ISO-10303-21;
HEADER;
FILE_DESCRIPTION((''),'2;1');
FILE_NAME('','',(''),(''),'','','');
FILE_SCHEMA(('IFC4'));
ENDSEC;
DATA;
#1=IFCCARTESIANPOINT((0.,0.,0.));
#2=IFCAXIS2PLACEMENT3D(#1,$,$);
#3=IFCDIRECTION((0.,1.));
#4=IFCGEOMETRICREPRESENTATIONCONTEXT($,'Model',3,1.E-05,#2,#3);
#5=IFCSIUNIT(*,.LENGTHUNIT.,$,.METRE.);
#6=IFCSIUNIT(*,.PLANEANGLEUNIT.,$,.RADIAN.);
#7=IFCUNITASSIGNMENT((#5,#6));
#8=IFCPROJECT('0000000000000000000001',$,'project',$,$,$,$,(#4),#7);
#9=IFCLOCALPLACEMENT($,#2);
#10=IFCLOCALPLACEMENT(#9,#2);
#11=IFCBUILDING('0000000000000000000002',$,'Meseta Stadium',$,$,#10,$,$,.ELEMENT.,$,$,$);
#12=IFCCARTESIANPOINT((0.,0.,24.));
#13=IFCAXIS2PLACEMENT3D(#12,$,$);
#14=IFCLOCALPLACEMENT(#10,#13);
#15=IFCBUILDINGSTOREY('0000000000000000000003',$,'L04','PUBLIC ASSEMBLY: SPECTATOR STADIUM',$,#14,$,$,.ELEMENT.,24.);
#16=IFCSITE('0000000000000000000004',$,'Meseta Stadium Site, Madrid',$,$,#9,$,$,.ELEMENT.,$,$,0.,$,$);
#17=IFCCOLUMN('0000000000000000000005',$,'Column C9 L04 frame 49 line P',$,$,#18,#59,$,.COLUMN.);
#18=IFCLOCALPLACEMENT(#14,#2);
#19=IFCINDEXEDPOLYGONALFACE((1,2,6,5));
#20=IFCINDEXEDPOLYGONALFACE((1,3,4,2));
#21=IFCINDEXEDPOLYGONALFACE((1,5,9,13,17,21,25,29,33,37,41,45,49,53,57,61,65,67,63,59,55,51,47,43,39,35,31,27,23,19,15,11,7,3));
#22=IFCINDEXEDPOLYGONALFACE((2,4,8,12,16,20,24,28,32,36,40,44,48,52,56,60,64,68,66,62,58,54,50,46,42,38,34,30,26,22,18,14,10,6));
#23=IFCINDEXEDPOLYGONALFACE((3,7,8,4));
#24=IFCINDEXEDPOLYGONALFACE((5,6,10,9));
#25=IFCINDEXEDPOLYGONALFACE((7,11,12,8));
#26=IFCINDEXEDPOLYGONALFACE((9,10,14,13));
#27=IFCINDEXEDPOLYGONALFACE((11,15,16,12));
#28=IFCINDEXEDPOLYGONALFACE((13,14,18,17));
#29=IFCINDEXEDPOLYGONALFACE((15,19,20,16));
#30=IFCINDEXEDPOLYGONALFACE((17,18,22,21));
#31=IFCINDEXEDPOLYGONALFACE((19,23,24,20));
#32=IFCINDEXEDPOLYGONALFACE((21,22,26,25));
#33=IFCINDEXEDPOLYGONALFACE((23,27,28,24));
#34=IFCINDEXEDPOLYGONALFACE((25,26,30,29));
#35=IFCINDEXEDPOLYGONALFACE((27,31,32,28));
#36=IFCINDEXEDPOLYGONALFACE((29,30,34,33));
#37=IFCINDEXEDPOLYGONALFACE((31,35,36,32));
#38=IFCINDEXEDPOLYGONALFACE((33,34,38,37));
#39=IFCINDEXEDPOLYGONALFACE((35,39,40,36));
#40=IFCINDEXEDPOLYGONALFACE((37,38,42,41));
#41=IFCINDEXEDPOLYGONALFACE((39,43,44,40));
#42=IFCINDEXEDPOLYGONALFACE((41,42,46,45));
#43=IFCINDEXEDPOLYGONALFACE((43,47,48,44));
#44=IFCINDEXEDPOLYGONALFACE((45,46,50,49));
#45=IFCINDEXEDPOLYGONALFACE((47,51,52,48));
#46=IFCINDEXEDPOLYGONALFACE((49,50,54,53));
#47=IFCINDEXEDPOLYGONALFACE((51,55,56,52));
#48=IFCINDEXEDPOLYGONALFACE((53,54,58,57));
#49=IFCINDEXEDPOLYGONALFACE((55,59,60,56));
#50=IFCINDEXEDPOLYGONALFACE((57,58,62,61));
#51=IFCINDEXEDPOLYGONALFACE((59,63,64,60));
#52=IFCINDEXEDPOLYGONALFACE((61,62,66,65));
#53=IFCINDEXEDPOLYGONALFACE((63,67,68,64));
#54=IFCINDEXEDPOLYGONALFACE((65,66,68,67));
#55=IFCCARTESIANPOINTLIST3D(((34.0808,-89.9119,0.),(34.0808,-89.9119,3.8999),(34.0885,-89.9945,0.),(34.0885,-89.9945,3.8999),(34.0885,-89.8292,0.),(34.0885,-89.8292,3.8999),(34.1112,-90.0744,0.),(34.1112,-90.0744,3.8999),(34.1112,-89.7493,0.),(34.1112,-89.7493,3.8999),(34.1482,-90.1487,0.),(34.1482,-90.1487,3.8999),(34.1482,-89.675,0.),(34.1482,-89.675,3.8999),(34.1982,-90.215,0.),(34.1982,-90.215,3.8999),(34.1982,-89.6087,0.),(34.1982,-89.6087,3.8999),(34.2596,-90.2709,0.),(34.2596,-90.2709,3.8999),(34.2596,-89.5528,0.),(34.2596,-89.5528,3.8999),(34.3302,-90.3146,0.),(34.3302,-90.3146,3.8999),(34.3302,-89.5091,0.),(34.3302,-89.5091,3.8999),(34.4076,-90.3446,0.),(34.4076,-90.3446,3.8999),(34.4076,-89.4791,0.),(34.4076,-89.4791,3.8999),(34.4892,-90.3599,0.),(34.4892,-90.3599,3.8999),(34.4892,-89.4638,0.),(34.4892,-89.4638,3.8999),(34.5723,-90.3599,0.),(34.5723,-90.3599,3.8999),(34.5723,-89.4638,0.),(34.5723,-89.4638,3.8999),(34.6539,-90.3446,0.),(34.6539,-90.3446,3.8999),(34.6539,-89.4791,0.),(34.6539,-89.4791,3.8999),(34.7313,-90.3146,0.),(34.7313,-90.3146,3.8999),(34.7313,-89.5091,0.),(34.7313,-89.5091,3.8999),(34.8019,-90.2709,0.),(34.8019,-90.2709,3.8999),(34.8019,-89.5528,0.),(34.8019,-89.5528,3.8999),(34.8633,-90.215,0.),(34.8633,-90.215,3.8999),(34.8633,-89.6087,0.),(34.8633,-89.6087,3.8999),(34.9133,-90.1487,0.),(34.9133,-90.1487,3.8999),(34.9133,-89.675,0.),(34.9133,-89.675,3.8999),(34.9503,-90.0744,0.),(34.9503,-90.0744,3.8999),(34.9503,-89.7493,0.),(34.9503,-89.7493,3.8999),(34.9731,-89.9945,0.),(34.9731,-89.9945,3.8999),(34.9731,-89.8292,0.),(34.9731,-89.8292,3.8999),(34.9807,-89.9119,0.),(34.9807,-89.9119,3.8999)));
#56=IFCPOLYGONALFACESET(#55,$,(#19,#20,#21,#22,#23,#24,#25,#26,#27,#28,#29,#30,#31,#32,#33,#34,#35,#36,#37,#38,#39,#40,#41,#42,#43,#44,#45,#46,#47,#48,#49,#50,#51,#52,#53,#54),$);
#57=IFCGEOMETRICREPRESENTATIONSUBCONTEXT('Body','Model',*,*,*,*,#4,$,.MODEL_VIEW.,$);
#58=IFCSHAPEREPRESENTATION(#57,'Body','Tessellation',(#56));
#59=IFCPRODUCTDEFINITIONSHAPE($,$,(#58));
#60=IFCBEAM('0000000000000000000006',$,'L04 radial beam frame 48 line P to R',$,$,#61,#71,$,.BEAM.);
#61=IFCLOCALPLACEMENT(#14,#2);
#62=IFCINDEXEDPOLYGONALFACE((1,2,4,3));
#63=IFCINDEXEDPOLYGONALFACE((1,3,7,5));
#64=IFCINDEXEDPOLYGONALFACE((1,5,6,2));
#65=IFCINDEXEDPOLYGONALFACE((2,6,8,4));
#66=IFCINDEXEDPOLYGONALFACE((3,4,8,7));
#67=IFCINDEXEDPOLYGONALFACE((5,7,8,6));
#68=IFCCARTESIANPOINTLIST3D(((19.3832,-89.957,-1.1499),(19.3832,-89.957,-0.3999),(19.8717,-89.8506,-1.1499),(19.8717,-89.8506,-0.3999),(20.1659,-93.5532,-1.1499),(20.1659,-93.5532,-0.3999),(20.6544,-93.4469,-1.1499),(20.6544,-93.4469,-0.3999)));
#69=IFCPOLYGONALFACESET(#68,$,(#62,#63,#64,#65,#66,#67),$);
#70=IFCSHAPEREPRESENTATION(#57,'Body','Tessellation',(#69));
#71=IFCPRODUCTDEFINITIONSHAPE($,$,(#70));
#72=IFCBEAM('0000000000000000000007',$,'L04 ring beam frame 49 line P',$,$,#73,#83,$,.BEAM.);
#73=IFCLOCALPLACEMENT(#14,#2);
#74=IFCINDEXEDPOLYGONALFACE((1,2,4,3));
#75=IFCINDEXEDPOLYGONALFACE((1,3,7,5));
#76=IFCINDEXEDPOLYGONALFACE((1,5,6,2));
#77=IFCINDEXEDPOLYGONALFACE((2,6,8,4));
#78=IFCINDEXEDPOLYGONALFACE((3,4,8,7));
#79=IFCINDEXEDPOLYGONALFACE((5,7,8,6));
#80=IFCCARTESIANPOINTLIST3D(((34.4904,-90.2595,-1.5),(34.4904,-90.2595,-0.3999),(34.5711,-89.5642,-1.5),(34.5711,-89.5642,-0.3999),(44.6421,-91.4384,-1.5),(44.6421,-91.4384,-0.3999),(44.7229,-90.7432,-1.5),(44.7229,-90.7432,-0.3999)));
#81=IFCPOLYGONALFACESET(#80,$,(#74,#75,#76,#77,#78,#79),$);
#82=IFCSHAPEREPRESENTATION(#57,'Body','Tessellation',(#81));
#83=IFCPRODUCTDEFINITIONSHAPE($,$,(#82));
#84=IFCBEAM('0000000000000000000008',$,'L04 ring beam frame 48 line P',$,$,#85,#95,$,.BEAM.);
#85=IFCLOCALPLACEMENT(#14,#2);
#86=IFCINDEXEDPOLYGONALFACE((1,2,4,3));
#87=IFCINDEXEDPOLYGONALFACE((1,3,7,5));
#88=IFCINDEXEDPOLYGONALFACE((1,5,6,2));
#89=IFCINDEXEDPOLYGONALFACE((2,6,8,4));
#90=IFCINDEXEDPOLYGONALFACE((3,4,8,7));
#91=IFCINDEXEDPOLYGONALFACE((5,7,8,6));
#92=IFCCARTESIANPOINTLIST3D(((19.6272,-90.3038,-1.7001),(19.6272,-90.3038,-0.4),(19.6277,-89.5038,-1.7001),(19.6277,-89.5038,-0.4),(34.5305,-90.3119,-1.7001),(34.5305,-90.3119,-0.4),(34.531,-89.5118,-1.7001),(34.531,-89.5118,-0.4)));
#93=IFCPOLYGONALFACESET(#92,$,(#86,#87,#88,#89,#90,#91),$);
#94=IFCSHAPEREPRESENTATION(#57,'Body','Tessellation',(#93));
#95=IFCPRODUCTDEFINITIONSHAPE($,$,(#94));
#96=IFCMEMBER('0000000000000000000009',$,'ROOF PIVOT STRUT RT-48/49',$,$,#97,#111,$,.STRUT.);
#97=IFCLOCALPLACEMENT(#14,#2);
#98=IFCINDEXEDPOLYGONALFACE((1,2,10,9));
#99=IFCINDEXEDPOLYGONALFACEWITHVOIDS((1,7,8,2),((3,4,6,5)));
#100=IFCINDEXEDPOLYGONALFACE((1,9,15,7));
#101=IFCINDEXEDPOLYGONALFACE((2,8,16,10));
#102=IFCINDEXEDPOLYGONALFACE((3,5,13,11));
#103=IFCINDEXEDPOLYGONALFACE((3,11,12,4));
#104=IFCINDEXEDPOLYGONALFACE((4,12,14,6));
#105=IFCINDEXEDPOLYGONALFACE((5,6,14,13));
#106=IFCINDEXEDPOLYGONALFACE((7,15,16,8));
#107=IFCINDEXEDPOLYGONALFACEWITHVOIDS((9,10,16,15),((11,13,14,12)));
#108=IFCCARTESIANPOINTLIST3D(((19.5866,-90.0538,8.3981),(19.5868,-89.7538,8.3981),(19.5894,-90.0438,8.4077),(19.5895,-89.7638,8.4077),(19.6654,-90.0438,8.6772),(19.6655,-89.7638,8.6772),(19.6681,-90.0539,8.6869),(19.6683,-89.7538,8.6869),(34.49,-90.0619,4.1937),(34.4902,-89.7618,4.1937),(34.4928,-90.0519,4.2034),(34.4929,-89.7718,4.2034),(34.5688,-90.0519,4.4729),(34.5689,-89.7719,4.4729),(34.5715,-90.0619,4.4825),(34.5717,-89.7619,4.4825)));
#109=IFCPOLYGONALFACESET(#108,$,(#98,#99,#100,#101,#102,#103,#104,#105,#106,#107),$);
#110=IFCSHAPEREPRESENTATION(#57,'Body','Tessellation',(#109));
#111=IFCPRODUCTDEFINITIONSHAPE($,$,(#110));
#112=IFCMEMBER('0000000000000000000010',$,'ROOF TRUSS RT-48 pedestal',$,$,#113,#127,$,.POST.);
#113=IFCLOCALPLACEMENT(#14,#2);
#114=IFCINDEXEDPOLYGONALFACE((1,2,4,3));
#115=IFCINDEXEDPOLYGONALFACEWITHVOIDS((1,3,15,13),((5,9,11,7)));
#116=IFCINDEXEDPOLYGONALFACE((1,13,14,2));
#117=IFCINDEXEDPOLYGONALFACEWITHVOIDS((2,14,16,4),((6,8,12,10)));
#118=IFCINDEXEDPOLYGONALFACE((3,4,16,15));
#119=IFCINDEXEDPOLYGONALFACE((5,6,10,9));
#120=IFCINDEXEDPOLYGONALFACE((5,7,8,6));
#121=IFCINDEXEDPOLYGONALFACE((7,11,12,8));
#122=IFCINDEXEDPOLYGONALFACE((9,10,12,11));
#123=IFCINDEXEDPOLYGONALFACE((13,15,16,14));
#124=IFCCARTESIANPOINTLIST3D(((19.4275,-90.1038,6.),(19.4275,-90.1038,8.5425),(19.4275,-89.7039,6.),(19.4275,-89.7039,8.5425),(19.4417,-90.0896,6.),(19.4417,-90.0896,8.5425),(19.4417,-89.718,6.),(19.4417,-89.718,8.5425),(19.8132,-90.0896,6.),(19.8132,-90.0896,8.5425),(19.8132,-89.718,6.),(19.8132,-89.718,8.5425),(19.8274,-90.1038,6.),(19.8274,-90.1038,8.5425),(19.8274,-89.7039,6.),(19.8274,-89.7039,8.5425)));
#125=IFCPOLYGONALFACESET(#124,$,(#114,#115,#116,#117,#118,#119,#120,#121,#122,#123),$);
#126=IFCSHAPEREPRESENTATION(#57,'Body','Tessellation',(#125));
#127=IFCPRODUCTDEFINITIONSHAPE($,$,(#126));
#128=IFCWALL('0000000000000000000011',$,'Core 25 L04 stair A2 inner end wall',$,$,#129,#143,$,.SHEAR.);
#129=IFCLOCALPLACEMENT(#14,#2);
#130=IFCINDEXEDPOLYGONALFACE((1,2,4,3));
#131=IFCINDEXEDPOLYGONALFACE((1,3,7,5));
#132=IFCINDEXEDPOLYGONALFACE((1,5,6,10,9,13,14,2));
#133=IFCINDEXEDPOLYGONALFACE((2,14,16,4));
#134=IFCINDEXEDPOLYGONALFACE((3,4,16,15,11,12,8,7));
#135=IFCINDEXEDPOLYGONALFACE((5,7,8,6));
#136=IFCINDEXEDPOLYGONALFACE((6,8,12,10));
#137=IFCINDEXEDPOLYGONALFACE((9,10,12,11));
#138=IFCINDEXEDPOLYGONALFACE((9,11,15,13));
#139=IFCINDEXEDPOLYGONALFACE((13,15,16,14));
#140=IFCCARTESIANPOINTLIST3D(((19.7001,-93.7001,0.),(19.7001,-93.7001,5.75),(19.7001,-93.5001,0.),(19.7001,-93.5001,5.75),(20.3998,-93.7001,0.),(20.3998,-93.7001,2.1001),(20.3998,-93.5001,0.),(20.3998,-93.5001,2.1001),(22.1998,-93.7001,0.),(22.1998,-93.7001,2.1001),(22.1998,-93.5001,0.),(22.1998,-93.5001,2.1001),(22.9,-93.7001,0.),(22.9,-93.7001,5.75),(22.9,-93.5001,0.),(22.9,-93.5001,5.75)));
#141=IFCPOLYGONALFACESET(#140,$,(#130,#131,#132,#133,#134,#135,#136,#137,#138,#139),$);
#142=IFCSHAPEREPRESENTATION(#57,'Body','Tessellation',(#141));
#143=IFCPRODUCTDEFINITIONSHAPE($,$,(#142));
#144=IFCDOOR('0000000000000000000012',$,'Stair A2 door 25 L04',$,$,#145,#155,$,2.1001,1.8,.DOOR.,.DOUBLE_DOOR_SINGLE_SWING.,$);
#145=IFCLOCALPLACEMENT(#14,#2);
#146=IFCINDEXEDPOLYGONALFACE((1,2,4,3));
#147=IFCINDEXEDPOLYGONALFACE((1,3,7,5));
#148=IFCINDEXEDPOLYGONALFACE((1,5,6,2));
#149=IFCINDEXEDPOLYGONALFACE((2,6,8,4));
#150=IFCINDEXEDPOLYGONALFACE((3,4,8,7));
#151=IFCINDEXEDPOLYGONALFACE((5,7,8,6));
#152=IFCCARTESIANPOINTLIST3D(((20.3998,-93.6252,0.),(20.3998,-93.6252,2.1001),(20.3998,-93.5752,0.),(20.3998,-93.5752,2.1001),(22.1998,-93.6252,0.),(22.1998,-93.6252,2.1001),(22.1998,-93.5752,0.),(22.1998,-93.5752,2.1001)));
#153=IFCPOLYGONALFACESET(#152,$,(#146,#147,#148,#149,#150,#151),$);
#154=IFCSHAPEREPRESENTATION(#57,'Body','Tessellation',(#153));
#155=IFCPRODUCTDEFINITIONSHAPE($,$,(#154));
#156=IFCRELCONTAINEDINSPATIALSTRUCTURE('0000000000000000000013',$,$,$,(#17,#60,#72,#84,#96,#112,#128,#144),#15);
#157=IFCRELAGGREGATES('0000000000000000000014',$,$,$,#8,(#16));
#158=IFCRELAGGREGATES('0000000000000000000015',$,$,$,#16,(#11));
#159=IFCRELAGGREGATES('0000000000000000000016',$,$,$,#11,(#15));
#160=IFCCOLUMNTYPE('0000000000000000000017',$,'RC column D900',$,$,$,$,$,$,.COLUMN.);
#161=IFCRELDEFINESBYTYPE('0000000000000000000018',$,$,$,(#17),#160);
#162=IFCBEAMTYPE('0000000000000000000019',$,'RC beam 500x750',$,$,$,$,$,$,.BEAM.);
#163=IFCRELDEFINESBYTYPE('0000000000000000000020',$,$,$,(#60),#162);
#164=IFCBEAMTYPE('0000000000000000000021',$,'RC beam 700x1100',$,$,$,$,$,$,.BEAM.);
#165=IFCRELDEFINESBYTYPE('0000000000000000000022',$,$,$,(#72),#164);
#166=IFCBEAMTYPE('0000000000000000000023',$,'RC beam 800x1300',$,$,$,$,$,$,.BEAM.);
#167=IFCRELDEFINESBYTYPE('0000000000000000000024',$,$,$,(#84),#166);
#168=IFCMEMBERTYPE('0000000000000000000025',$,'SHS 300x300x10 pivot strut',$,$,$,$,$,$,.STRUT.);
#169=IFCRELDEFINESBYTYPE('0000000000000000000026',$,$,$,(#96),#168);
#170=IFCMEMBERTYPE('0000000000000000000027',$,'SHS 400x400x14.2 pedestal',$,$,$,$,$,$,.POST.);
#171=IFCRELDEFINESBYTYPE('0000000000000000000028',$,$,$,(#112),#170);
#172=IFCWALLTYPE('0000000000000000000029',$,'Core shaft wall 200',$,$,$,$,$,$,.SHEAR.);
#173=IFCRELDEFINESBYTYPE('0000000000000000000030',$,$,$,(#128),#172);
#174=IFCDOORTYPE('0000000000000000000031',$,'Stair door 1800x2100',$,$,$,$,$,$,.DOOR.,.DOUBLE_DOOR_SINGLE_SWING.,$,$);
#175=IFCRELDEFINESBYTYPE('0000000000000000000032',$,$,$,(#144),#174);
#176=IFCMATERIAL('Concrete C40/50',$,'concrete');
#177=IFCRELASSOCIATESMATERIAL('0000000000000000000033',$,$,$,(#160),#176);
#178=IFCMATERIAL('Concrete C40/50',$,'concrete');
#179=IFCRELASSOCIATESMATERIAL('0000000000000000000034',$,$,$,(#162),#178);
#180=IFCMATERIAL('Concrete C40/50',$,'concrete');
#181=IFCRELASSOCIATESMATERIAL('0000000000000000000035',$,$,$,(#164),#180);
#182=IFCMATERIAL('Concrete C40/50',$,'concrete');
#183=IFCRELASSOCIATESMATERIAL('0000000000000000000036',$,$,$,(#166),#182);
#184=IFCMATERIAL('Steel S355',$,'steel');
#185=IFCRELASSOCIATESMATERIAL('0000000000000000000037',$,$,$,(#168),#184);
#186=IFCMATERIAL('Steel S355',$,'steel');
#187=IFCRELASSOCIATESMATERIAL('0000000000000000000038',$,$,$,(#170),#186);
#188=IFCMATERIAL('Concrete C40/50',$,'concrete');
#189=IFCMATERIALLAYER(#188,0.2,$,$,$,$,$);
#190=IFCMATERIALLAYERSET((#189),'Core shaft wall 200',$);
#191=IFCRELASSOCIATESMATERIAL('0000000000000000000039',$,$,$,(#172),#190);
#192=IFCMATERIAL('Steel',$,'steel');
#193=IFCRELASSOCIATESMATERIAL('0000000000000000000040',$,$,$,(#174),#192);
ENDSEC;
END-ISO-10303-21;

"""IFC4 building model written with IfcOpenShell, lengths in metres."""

from ifc_helpers import new_model, si_unit, direction, frame, frame_2d, origin, origin_2d, place, context, subcontext, project, spatial, rectangle, hollow_rectangle, circle, extrude, material, layer, layer_set, material_profile, profile_set, type_object, element, fill, save


model = new_model("IFC4")

# Units and contexts
model_context = context("Model", 3, precision=1e-05, world=origin(), true_north=direction((0.0, 1.0)))
body_context = subcontext(model_context, "Body", "Model", "MODEL_VIEW")
ifc_project = project(units=[si_unit("LENGTHUNIT", "METRE"), si_unit("PLANEANGLEUNIT", "RADIAN")], contexts=[model_context])

# Site, building, storey
site_placement = place(None, origin())
site = spatial("IfcSite", under=ifc_project, at=site_placement, Name="Meseta Stadium Site, Madrid", CompositionType="ELEMENT", RefElevation=0.0)
building_placement = place(site_placement, origin())
building = spatial("IfcBuilding", under=site, at=building_placement, Name="Meseta Stadium", CompositionType="ELEMENT")
storey_placement = place(building_placement, frame((0.0, 0.0, 24.0)))
storey = spatial("IfcBuildingStorey", under=building, at=storey_placement, Name="L04", Description="PUBLIC ASSEMBLY: SPECTATOR STADIUM", CompositionType="ELEMENT", Elevation=24.0)

# Column
ifc_material_1 = material(Name="Concrete C40/50", Category="concrete")
ifc_material_profile_1 = material_profile(ifc_material_1, circle(Radius=0.45, at=origin_2d()), Name="RC D900")
ifc_profile_set_1 = profile_set([ifc_material_profile_1], Name="Concrete C40/50")
column_type = type_object("IfcColumnType", Name="RC column D900", PredefinedType="COLUMN", material=ifc_profile_set_1)
column_placement = place(storey_placement, frame((34.5308, -89.9119, 0.0), z_axis=(0.0, 0.0, 1.0), x_axis=(1.0, 0.0, 0.0)))
element("IfcColumn", 1, at=column_placement, inside=storey, type_object=column_type, Name="Column C9 L04 frame 49 line P", PredefinedType="COLUMN", context=body_context, shape_type="SweptSolid", body=[
    extrude(circle(Radius=0.45, at=origin_2d()), origin(), (0.0, 0.0, 1.0), 3.8999),
])

# Beams
ifc_material_2 = material(Name="Concrete C40/50", Category="concrete")
ifc_material_profile_2 = material_profile(ifc_material_2, rectangle(XDim=0.5, YDim=0.75, at=origin_2d()), Name="RC 500x750")
ifc_profile_set_2 = profile_set([ifc_material_profile_2], Name="Concrete C40/50")
beam_type_1 = type_object("IfcBeamType", Name="RC beam 500x750", PredefinedType="BEAM", material=ifc_profile_set_2)
beam_1_placement = place(storey_placement, frame((19.6274, -89.9038, -0.7749), z_axis=(0.212672, -0.977124, 0.0), x_axis=(0.977124, 0.212672, 0.0)))
element("IfcBeam", 2, at=beam_1_placement, inside=storey, type_object=beam_type_1, Name="L04 radial beam frame 48 line P to R", PredefinedType="BEAM", context=body_context, shape_type="SweptSolid", body=[
    extrude(rectangle(XDim=0.5, YDim=0.75, at=origin_2d()), origin(), (0.0, 0.0, 1.0), 3.6804),
])
ifc_material_3 = material(Name="Concrete C40/50", Category="concrete")
ifc_material_profile_3 = material_profile(ifc_material_3, rectangle(XDim=0.7, YDim=1.1001, at=origin_2d()), Name="RC 700x1100")
ifc_profile_set_3 = profile_set([ifc_material_profile_3], Name="Concrete C40/50")
beam_type_2 = type_object("IfcBeamType", Name="RC beam 700x1100", PredefinedType="BEAM", material=ifc_profile_set_3)
beam_2_placement = place(storey_placement, frame((34.5308, -89.9119, -0.95), z_axis=(0.993324, -0.115357, 0.0), x_axis=(0.115357, 0.993324, 0.0)))
element("IfcBeam", 3, at=beam_2_placement, inside=storey, type_object=beam_type_2, Name="L04 ring beam frame 49 line P", PredefinedType="BEAM", context=body_context, shape_type="SweptSolid", body=[
    extrude(rectangle(XDim=0.7, YDim=1.1001, at=origin_2d()), origin(), (0.0, 0.0, 1.0), 10.22),
])
ifc_material_4 = material(Name="Concrete C40/50", Category="concrete")
ifc_material_profile_4 = material_profile(ifc_material_4, rectangle(XDim=0.8, YDim=1.3, at=origin_2d()), Name="RC 800x1300")
ifc_profile_set_4 = profile_set([ifc_material_profile_4], Name="Concrete C40/50")
beam_type_3 = type_object("IfcBeamType", Name="RC beam 800x1300", PredefinedType="BEAM", material=ifc_profile_set_4)
beam_3_placement = place(storey_placement, frame((19.6274, -89.9038, -1.05), z_axis=(1.0, -0.000541, 0.0), x_axis=(0.000541, 1.0, 0.0)))
element("IfcBeam", 4, at=beam_3_placement, inside=storey, type_object=beam_type_3, Name="L04 ring beam frame 48 line P", PredefinedType="BEAM", context=body_context, shape_type="SweptSolid", body=[
    extrude(rectangle(XDim=0.8, YDim=1.3, at=origin_2d()), origin(), (0.0, 0.0, 1.0), 14.9033),
])

# Members
ifc_material_5 = material(Name="Steel S355", Category="steel")
ifc_material_profile_5 = material_profile(ifc_material_5, hollow_rectangle(XDim=0.3, YDim=0.3, WallThickness=0.01, at=origin_2d()), Name="SHS 300x300x10")
ifc_profile_set_5 = profile_set([ifc_material_profile_5], Name="Steel S355")
member_type_1 = type_object("IfcMemberType", Name="SHS 300x300x10 pivot strut", PredefinedType="STRUT", material=ifc_profile_set_5)
member_1_placement = place(storey_placement, frame((19.6274, -89.9038, 8.5425), z_axis=(0.962435, -0.00052, -0.271511), x_axis=(0.000541, 1.0, 0.0)))
element("IfcMember", 5, at=member_1_placement, inside=storey, type_object=member_type_1, Name="ROOF PIVOT STRUT RT-48/49", PredefinedType="STRUT", context=body_context, shape_type="SweptSolid", body=[
    extrude(hollow_rectangle(XDim=0.3, YDim=0.3, WallThickness=0.01, at=origin_2d()), origin(), (0.0, 0.0, 1.0), 15.4851),
])
ifc_material_6 = material(Name="Steel S355", Category="steel")
ifc_material_profile_6 = material_profile(ifc_material_6, hollow_rectangle(XDim=0.3999, YDim=0.3999, WallThickness=0.0142, at=origin_2d()), Name="SHS 400x400x14.2")
ifc_profile_set_6 = profile_set([ifc_material_profile_6], Name="Steel S355")
member_type_2 = type_object("IfcMemberType", Name="SHS 400x400x14.2 pedestal", PredefinedType="POST", material=ifc_profile_set_6)
member_2_placement = place(storey_placement, frame((19.6274, -89.9038, 6.0), z_axis=(0.0, 0.0, 1.0), x_axis=(1.0, 0.0, 0.0)))
element("IfcMember", 6, at=member_2_placement, inside=storey, type_object=member_type_2, Name="ROOF TRUSS RT-48 pedestal", PredefinedType="POST", context=body_context, shape_type="SweptSolid", body=[
    extrude(hollow_rectangle(XDim=0.3999, YDim=0.3999, WallThickness=0.0142, at=origin_2d()), origin(), (0.0, 0.0, 1.0), 2.5425),
])

# Wall, opening, door
ifc_material_7 = material(Name="Concrete C40/50", Category="concrete")
ifc_layer_1 = layer(ifc_material_7, 0.2)
ifc_layer_set_1 = layer_set([ifc_layer_1], Name="Core shaft wall 200")
wall_type_1 = type_object("IfcWallType", Name="Core shaft wall 200", PredefinedType="SHEAR", material=ifc_layer_set_1)
wall_1_placement = place(storey_placement, frame((19.7, -93.6001, 0.0), z_axis=(0.0, 0.0, 1.0), x_axis=(1.0, 0.0, 0.0)))
wall_1 = element("IfcWall", 7, at=wall_1_placement, inside=storey, type_object=wall_type_1, Name="Core 25 L04 stair A2 inner end wall", PredefinedType="SHEAR", context=body_context, shape_type="SweptSolid", body=[
    extrude(rectangle(XDim=3.2, YDim=0.2, at=frame_2d((1.6001, 0.0))), origin(), (0.0, 0.0, 1.0), 5.75),
])
opening_1_placement = place(wall_1_placement, frame((0.7, 0.0, 0.0)))
opening_1 = element("IfcOpeningElement", 8, at=opening_1_placement, cuts=wall_1, PredefinedType="OPENING", context=body_context, shape_type="SweptSolid", body=[
    extrude(rectangle(XDim=1.8, YDim=2.1001, at=frame_2d((0.8999, 1.05))), frame((0.0, 0.1099, 0.0), z_axis=(0.0, -1.0, 0.0), x_axis=(1.0, 0.0, 0.0)), (0.0, 0.0, 1.0), 0.22),
])
ifc_material_8 = material(Name="Steel", Category="steel")
door_type_1 = type_object("IfcDoorType", Name="Stair door 1800x2100", OperationType="DOUBLE_DOOR_SINGLE_SWING", PredefinedType="DOOR", material=ifc_material_8)
door_1_placement = place(opening_1_placement, origin())
door_1 = element("IfcDoor", 9, at=door_1_placement, inside=storey, type_object=door_type_1, Name="Stair A2 door 25 L04", OperationType="DOUBLE_DOOR_SINGLE_SWING", OverallHeight=2.1001, OverallWidth=1.8, PredefinedType="DOOR", context=body_context, shape_type="SweptSolid", body=[
    extrude(rectangle(XDim=1.8, YDim=2.1001, at=frame_2d((0.8999, 1.05))), frame((0.0, 0.0249, 0.0), z_axis=(0.0, -1.0, 0.0), x_axis=(1.0, 0.0, 0.0)), (0.0, 0.0, 1.0), 0.05),
])
fill(opening_1, door_1)

save(model, "model.ifc")
